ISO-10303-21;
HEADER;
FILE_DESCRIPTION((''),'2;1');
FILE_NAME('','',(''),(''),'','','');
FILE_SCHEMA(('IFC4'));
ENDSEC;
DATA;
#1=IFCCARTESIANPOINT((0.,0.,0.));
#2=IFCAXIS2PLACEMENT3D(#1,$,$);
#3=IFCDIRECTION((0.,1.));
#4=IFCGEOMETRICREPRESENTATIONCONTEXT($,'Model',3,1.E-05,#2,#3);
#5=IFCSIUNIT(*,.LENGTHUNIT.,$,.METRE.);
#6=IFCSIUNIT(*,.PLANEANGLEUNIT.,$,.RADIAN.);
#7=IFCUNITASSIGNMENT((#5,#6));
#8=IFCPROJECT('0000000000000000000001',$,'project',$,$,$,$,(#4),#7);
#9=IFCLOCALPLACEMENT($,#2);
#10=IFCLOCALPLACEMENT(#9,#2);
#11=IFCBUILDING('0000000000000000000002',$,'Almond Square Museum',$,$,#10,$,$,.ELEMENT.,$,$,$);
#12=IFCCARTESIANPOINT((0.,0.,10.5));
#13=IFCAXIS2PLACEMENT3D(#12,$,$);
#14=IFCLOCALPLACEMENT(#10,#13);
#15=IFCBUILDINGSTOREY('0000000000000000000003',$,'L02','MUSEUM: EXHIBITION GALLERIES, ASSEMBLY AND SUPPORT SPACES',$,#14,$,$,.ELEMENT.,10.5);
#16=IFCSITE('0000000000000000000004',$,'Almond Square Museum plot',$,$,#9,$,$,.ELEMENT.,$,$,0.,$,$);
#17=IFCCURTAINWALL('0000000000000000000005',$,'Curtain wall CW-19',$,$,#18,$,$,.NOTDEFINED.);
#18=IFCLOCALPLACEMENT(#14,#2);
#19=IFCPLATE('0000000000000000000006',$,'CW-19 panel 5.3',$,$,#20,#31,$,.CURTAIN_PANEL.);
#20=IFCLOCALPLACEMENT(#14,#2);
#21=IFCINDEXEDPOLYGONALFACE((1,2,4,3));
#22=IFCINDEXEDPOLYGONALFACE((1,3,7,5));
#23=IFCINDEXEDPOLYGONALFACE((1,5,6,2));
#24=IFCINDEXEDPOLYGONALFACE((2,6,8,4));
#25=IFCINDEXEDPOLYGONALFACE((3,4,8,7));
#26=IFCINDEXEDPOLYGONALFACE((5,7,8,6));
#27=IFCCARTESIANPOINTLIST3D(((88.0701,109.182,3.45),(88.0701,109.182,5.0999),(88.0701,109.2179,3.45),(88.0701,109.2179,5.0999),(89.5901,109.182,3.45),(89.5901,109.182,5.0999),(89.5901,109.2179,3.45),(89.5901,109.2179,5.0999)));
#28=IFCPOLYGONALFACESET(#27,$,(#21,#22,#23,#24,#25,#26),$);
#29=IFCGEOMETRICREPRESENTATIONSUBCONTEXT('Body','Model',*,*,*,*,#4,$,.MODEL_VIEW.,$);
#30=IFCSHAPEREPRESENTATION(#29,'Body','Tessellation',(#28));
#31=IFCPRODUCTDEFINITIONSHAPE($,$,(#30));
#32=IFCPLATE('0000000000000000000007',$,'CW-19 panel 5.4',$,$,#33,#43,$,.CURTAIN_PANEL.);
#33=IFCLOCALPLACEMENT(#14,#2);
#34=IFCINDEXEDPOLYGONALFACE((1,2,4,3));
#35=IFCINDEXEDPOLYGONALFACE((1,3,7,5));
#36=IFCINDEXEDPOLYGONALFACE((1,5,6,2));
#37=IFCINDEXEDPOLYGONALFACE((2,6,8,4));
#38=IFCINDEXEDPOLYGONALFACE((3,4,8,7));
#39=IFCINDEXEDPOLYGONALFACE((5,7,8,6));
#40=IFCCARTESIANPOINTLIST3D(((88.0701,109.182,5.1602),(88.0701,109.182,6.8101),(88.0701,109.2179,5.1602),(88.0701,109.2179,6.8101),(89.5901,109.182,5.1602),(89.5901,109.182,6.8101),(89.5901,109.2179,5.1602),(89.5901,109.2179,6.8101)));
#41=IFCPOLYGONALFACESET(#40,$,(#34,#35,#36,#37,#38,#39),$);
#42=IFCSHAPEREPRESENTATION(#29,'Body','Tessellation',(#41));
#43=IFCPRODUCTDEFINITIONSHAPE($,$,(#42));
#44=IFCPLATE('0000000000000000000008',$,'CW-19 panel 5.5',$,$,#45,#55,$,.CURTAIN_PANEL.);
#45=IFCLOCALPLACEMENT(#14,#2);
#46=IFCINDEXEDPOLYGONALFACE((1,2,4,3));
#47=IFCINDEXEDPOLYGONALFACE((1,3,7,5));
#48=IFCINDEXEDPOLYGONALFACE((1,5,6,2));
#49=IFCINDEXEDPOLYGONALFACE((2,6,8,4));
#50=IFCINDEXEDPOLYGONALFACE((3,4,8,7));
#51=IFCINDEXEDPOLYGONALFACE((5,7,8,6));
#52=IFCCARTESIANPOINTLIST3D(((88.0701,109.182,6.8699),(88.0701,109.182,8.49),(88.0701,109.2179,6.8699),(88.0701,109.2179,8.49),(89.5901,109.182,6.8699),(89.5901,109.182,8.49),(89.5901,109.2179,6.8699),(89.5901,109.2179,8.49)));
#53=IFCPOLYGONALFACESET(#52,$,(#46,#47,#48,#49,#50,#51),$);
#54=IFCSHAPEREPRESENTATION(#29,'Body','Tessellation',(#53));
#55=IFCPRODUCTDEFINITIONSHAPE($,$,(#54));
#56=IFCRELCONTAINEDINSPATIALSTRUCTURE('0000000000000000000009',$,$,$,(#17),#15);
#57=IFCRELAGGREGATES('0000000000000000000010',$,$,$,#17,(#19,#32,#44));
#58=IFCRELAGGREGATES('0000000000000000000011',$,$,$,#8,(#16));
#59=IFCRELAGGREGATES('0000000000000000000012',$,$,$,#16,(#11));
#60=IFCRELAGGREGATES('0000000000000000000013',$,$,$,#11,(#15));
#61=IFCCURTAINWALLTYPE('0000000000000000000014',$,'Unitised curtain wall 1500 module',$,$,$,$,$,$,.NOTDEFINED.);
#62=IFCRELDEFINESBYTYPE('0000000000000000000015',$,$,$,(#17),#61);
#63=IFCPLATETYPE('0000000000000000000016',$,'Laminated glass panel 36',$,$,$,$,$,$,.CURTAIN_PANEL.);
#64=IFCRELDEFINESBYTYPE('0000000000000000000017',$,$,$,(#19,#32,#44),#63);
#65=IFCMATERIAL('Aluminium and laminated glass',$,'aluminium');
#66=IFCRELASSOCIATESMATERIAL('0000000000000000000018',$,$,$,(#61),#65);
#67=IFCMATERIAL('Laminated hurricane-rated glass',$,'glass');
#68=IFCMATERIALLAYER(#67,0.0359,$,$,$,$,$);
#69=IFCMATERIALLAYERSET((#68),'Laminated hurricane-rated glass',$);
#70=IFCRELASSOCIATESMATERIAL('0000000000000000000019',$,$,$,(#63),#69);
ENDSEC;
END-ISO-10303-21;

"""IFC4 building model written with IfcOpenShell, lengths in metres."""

from ifc_helpers import new_model, si_unit, direction, frame, origin, origin_2d, place, context, subcontext, project, spatial, rectangle, extrude, material, layer, layer_set, type_object, element, aggregate, save


model = new_model("IFC4")

# Units and contexts
model_context = context("Model", 3, precision=1e-05, world=origin(), true_north=direction((0.0, 1.0)))
body_context = subcontext(model_context, "Body", "Model", "MODEL_VIEW")
ifc_project = project(units=[si_unit("LENGTHUNIT", "METRE"), si_unit("PLANEANGLEUNIT", "RADIAN")], contexts=[model_context])

# Site, building, storey
site_placement = place(None, origin())
site = spatial("IfcSite", under=ifc_project, at=site_placement, Name="Almond Square Museum plot", CompositionType="ELEMENT", RefElevation=0.0)
building_placement = place(site_placement, origin())
building = spatial("IfcBuilding", under=site, at=building_placement, Name="Almond Square Museum", CompositionType="ELEMENT")
storey_placement = place(building_placement, frame((0.0, 0.0, 10.5)))
storey = spatial("IfcBuildingStorey", under=building, at=storey_placement, Name="L02", Description="MUSEUM: EXHIBITION GALLERIES, ASSEMBLY AND SUPPORT SPACES", CompositionType="ELEMENT", Elevation=10.5)

# Curtain wall
ifc_material_1 = material(Name="Aluminium and laminated glass", Category="aluminium")
curtain_wall_type = type_object("IfcCurtainWallType", Name="Unitised curtain wall 1500 module", PredefinedType="NOTDEFINED", material=ifc_material_1)
curtain_wall_1_placement = place(storey_placement, origin())
curtain_wall_1 = element("IfcCurtainWall", 1, at=curtain_wall_1_placement, inside=storey, type_object=curtain_wall_type, Name="Curtain wall CW-19", PredefinedType="NOTDEFINED")

# Plates
ifc_material_2 = material(Name="Laminated hurricane-rated glass", Category="glass")
ifc_layer = layer(ifc_material_2, 0.0359)
ifc_layer_set = layer_set([ifc_layer], Name="Laminated hurricane-rated glass")
plate_type = type_object("IfcPlateType", Name="Laminated glass panel 36", PredefinedType="CURTAIN_PANEL", material=ifc_layer_set)
plate_1_placement = place(storey_placement, frame((88.8301, 109.2, 3.45), z_axis=(0.0, 0.0, 1.0), x_axis=(1.0, 0.0, 0.0)))
plate_1 = element("IfcPlate", 2, at=plate_1_placement, type_object=plate_type, Name="CW-19 panel 5.3", PredefinedType="CURTAIN_PANEL", context=body_context, shape_type="SweptSolid", body=[
    extrude(rectangle(XDim=1.52, YDim=0.0359, at=origin_2d()), origin(), (0.0, 0.0, 1.0), 1.6499),
])
plate_2_placement = place(storey_placement, frame((88.8301, 109.2, 5.1602), z_axis=(0.0, 0.0, 1.0), x_axis=(1.0, 0.0, 0.0)))
plate_2 = element("IfcPlate", 3, at=plate_2_placement, type_object=plate_type, Name="CW-19 panel 5.4", PredefinedType="CURTAIN_PANEL", context=body_context, shape_type="SweptSolid", body=[
    extrude(rectangle(XDim=1.52, YDim=0.0359, at=origin_2d()), origin(), (0.0, 0.0, 1.0), 1.6499),
])
plate_3_placement = place(storey_placement, frame((88.8301, 109.2, 6.8699), z_axis=(0.0, 0.0, 1.0), x_axis=(1.0, 0.0, 0.0)))
plate_3 = element("IfcPlate", 4, at=plate_3_placement, type_object=plate_type, Name="CW-19 panel 5.5", PredefinedType="CURTAIN_PANEL", context=body_context, shape_type="SweptSolid", body=[
    extrude(rectangle(XDim=1.52, YDim=0.0359, at=origin_2d()), origin(), (0.0, 0.0, 1.0), 1.6201),
])
aggregate(curtain_wall_1, [plate_1, plate_2, plate_3])

save(model, "model.ifc")
